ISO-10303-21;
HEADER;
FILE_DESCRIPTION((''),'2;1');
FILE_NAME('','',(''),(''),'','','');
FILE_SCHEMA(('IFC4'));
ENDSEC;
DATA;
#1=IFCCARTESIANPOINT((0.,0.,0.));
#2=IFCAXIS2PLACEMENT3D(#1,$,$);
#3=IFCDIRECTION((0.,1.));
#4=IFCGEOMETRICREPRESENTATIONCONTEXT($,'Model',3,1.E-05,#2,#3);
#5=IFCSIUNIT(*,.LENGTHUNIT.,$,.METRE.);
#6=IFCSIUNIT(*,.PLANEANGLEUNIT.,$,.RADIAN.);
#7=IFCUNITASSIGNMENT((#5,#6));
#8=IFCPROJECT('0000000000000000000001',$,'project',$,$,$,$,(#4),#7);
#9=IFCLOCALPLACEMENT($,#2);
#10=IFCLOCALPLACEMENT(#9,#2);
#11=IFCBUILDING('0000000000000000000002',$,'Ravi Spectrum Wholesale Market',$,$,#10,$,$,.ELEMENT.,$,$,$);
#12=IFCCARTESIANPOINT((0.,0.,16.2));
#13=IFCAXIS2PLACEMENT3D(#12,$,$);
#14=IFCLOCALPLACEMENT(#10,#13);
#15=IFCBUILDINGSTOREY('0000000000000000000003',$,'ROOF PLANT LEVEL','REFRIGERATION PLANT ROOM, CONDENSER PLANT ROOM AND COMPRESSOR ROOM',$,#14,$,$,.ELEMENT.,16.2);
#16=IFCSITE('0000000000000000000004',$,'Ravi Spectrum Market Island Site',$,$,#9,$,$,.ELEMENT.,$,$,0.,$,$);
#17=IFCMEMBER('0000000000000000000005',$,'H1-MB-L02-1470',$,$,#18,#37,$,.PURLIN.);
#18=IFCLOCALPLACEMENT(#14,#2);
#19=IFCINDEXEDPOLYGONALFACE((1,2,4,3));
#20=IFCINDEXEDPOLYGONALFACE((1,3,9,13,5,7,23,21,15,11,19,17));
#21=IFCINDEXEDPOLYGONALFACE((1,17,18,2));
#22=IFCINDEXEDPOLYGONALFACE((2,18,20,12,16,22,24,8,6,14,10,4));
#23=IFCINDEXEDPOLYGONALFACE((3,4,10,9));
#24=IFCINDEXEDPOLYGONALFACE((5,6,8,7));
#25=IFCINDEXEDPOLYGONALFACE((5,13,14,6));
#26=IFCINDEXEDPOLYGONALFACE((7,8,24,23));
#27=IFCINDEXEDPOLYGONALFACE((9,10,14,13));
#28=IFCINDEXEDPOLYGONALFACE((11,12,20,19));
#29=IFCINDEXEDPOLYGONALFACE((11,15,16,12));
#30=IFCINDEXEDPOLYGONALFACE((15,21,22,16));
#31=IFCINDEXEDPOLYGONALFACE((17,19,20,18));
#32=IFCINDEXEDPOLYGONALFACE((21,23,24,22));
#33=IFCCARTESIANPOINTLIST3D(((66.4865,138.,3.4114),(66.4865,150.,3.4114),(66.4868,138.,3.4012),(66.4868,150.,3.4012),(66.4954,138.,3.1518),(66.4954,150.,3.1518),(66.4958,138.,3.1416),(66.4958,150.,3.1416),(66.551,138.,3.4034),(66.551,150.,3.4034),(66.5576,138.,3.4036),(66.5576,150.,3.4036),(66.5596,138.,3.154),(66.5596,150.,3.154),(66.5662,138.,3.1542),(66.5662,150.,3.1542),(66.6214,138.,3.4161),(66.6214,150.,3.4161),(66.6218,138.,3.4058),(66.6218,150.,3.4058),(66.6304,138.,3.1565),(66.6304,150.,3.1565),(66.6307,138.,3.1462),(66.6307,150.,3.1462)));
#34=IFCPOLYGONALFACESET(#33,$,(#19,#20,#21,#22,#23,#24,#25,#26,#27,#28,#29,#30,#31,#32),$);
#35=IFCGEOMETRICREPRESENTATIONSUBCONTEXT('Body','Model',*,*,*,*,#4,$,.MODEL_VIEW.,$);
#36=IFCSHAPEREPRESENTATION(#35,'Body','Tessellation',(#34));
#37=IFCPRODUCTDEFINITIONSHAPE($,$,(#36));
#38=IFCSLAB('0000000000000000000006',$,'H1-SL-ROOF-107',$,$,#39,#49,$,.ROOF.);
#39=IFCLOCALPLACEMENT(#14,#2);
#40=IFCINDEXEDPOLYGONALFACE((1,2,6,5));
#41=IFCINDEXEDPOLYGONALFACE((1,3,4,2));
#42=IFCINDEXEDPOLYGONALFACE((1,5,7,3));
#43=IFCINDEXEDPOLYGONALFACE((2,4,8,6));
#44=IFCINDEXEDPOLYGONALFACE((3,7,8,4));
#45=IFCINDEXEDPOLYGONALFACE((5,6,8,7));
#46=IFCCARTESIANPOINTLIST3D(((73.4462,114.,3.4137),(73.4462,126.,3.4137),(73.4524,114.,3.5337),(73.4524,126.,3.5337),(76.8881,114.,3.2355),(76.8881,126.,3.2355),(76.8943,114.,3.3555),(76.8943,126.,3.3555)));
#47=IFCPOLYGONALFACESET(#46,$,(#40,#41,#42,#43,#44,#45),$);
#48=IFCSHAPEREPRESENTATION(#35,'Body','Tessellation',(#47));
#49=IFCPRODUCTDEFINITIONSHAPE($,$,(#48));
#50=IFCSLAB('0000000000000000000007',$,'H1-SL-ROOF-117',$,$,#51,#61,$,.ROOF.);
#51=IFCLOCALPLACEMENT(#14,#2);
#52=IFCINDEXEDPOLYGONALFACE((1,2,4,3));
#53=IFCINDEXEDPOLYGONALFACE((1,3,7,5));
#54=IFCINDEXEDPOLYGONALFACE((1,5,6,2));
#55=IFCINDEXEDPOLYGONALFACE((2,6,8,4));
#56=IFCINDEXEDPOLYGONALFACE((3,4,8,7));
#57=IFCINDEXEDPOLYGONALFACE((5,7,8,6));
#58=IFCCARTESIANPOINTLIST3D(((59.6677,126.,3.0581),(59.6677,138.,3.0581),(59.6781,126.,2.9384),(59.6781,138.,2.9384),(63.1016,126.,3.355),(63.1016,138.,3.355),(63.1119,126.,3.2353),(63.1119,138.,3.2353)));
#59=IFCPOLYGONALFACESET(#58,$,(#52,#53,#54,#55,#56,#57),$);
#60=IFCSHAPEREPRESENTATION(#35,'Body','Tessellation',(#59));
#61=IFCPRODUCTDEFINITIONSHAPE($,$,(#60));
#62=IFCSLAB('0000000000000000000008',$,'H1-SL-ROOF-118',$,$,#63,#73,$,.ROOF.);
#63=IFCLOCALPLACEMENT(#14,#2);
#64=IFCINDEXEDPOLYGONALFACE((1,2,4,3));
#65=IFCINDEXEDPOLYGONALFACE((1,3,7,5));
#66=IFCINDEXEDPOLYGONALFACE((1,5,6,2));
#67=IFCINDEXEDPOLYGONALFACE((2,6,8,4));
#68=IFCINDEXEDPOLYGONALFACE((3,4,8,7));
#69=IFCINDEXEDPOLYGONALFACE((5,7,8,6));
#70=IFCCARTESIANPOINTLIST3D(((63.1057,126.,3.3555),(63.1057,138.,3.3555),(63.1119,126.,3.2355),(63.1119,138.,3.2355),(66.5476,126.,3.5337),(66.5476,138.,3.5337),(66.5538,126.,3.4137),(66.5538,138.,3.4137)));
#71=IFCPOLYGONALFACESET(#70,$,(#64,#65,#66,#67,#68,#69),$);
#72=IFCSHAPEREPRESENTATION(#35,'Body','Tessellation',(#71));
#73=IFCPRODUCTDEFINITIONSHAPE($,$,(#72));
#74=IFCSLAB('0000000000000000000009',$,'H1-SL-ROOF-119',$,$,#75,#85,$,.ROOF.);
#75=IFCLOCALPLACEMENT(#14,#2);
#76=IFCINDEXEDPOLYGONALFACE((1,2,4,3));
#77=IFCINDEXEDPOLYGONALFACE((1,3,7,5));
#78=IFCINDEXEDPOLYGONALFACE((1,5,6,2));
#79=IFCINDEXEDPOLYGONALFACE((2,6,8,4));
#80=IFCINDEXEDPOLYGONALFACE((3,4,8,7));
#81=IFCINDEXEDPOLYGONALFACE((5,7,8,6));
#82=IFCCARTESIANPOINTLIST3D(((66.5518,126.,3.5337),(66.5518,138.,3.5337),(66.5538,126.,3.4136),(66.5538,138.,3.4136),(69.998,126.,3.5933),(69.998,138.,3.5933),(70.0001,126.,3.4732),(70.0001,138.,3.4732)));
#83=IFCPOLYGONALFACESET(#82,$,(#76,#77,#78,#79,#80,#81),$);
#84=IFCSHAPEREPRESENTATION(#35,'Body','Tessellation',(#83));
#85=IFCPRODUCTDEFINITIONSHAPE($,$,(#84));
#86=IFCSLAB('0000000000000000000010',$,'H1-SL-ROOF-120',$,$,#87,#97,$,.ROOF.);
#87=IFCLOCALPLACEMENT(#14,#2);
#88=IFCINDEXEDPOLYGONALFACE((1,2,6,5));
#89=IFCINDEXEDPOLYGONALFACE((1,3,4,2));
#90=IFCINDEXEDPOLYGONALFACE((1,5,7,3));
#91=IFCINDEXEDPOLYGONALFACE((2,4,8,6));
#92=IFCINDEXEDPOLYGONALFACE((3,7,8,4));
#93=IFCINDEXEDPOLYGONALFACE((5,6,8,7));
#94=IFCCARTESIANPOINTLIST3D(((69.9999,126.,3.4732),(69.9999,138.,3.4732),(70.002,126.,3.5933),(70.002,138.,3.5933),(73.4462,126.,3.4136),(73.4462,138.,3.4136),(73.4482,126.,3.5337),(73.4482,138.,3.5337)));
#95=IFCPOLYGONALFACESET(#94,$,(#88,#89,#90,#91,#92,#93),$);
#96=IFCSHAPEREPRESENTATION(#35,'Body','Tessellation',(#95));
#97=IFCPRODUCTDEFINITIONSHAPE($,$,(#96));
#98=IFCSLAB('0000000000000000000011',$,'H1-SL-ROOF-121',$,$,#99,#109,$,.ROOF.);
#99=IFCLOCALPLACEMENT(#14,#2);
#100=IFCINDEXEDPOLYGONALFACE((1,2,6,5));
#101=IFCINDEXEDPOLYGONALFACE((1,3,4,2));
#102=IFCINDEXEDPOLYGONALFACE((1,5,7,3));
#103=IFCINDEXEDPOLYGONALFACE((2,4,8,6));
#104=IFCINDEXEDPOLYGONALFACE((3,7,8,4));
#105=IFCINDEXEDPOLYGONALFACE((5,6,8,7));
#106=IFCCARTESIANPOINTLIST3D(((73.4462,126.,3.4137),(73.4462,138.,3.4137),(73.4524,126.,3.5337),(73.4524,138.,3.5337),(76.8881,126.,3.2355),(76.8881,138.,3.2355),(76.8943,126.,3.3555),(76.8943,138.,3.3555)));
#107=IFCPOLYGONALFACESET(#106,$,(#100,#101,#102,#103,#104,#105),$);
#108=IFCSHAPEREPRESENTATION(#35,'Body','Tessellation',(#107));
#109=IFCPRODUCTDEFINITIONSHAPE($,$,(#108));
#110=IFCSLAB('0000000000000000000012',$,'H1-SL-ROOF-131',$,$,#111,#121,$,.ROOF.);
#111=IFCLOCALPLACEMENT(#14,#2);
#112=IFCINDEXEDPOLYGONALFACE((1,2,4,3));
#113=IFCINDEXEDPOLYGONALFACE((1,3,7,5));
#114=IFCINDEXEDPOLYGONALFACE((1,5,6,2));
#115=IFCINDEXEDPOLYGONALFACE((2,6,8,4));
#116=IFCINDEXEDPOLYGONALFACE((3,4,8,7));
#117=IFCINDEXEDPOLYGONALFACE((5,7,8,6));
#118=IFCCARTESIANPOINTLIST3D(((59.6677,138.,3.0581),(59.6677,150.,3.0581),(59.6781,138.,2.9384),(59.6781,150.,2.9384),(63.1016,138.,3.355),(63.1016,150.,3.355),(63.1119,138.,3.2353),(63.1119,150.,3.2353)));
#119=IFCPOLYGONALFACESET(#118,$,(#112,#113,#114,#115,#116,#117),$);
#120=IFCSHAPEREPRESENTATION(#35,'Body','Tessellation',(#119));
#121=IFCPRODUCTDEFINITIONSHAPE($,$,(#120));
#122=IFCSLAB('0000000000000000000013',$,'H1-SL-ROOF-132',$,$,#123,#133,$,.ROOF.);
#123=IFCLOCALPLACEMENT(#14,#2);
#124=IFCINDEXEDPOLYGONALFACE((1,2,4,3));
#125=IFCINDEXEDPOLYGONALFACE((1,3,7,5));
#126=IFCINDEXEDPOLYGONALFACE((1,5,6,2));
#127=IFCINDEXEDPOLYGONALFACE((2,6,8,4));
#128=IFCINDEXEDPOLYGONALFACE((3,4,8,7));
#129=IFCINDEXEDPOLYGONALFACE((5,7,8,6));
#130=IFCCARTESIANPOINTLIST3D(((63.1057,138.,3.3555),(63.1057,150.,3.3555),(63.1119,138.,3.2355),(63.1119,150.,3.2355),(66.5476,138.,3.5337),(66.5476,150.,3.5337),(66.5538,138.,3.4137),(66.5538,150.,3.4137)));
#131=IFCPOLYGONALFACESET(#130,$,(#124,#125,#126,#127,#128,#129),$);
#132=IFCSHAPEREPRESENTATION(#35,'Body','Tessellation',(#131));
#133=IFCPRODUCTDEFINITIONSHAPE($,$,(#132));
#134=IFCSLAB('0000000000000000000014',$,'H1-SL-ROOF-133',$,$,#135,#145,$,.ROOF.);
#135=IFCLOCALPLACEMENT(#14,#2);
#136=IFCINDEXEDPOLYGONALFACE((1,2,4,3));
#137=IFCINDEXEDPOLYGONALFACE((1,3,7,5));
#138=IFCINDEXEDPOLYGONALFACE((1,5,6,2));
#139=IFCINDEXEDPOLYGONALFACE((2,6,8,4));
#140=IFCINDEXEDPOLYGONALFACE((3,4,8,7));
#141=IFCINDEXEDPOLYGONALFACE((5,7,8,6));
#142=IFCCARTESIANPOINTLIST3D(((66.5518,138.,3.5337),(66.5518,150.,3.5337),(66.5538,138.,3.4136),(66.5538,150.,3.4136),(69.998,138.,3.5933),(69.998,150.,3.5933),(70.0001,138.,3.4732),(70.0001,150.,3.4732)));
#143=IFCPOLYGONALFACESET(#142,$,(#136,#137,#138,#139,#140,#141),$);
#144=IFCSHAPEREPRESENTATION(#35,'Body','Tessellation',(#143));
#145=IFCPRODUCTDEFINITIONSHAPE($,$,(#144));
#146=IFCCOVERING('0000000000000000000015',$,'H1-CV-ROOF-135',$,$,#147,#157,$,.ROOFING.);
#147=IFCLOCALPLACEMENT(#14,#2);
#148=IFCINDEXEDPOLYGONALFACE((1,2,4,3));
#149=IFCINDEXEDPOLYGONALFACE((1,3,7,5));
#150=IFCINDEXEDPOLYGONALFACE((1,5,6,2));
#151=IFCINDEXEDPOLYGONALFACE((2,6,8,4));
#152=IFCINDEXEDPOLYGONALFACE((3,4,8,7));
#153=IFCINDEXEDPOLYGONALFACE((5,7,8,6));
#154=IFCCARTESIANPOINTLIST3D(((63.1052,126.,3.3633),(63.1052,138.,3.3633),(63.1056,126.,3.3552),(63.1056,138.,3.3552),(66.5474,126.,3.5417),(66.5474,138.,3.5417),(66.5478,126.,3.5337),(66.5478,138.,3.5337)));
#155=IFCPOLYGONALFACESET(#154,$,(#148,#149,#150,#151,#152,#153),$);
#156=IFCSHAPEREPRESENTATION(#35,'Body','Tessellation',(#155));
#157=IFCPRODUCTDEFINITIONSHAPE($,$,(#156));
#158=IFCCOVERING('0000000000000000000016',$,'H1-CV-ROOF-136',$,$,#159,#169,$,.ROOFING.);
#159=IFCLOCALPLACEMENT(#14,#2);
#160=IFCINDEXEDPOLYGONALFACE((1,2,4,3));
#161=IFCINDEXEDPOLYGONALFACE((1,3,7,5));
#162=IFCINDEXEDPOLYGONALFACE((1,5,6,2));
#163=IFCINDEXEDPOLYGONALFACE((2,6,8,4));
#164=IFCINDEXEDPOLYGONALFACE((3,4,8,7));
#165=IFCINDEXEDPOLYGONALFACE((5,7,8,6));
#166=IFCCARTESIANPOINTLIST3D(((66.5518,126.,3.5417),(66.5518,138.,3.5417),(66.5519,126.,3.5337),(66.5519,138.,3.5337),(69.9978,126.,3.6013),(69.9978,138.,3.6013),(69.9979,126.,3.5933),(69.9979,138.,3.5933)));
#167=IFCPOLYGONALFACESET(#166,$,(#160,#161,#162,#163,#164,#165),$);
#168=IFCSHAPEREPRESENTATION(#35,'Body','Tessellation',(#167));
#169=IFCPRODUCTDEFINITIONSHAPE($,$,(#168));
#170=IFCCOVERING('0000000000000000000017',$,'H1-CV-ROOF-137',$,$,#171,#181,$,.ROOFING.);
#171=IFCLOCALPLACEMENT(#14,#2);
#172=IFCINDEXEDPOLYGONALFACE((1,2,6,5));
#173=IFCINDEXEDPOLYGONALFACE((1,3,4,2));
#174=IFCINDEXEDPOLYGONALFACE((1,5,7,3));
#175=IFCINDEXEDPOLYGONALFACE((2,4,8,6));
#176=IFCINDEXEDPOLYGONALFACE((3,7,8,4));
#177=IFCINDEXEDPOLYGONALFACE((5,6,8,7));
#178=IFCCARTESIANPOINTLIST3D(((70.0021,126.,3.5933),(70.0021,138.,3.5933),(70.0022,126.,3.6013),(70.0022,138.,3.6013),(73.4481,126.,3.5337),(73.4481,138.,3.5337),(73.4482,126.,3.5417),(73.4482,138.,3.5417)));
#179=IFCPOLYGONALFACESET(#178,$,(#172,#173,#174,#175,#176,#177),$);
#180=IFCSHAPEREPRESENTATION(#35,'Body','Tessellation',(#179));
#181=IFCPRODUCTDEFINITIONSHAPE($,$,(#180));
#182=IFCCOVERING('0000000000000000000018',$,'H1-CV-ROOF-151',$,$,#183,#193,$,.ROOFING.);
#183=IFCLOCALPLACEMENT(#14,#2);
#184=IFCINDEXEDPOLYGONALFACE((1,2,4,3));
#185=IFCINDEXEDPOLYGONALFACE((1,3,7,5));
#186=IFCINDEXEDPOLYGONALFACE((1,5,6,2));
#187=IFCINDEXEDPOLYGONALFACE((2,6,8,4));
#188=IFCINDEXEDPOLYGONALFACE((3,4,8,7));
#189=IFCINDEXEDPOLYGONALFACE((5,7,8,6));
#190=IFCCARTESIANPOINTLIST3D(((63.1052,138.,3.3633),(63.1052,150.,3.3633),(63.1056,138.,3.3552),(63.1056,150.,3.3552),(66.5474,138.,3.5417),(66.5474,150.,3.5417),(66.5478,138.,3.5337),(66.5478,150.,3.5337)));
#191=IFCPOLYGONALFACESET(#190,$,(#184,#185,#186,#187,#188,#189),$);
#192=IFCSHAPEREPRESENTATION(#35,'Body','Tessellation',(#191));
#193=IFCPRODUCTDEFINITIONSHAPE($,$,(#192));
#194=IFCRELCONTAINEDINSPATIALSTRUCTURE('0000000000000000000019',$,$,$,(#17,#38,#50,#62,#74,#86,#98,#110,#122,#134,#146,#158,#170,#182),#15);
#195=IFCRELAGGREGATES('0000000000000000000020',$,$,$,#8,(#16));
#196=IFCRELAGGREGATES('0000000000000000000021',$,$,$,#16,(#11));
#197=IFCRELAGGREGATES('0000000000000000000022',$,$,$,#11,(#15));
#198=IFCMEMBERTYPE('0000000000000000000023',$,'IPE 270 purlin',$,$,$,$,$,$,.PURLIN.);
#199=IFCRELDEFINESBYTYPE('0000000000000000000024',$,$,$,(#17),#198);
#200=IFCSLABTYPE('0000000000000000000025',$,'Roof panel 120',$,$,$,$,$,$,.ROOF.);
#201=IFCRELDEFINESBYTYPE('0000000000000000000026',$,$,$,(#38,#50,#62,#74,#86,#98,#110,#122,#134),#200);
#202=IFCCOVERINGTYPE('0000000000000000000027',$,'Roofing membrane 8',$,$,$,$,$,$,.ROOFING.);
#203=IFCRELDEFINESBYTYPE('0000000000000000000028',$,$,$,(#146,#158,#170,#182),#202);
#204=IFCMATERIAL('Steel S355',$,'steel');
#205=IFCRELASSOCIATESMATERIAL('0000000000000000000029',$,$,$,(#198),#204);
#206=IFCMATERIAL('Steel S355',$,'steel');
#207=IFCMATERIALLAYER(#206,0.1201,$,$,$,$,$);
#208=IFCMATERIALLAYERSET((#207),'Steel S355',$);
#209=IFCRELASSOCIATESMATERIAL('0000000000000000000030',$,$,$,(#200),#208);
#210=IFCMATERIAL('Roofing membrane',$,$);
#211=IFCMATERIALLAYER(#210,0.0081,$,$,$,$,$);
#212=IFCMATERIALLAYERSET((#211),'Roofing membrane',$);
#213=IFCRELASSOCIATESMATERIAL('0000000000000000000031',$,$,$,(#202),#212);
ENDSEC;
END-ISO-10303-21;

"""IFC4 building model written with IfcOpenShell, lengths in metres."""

from ifc_helpers import new_model, si_unit, direction, frame, origin, origin_2d, place, context, subcontext, project, spatial, polyline, i_section, outline, extrude, material, layer, layer_set, material_profile, profile_set, type_object, element, save


model = new_model("IFC4")

# Units and contexts
model_context = context("Model", 3, precision=1e-05, world=origin(), true_north=direction((0.0, 1.0)))
body_context = subcontext(model_context, "Body", "Model", "MODEL_VIEW")
ifc_project = project(units=[si_unit("LENGTHUNIT", "METRE"), si_unit("PLANEANGLEUNIT", "RADIAN")], contexts=[model_context])

# Site, building, storey
site_placement = place(None, origin())
site = spatial("IfcSite", under=ifc_project, at=site_placement, Name="Ravi Spectrum Market Island Site", CompositionType="ELEMENT", RefElevation=0.0)
building_placement = place(site_placement, origin())
building = spatial("IfcBuilding", under=site, at=building_placement, Name="Ravi Spectrum Wholesale Market", CompositionType="ELEMENT")
storey_placement = place(building_placement, frame((0.0, 0.0, 16.2)))
storey = spatial("IfcBuildingStorey", under=building, at=storey_placement, Name="ROOF PLANT LEVEL", Description="REFRIGERATION PLANT ROOM, CONDENSER PLANT ROOM AND COMPRESSOR ROOM", CompositionType="ELEMENT", Elevation=16.2)

# Member
ifc_material_1 = material(Name="Steel S355", Category="steel")
ifc_material_profile_1 = material_profile(ifc_material_1, i_section(OverallWidth=0.135, OverallDepth=0.27, WebThickness=0.0066, FlangeThickness=0.0103, at=origin_2d()))
ifc_profile_set_1 = profile_set([ifc_material_profile_1], Name="Steel S355")
member_type_1 = type_object("IfcMemberType", Name="IPE 270 purlin", PredefinedType="PURLIN", material=ifc_profile_set_1)
for number, where, z_axis, x_axis, name in (
    (1, (66.5586, 138.0, 3.2788), (0.0, 1.0, 0.0), (-0.999405, 0.0, -0.034492), "H1-MB-L02-1470"),
):
    element("IfcMember", number, at=place(storey_placement, frame(where, z_axis=z_axis, x_axis=x_axis)), inside=storey, type_object=member_type_1, Name=name, PredefinedType="PURLIN", context=body_context, shape_type="SweptSolid", body=[
        extrude(i_section(OverallWidth=0.135, OverallDepth=0.27, WebThickness=0.0066, FlangeThickness=0.0103, at=origin_2d()), origin(), (0.0, 0.0, 1.0), 12.0),
    ])

# Slabs
ifc_material_2 = material(Name="Steel S355", Category="steel")
ifc_layer_1 = layer(ifc_material_2, 0.1201)
ifc_layer_set_1 = layer_set([ifc_layer_1], Name="Steel S355")
slab_type = type_object("IfcSlabType", Name="Roof panel 120", PredefinedType="ROOF", material=ifc_layer_set_1)
slab_1_placement = place(storey_placement, frame((73.4524, 114.0, 3.5337), z_axis=(0.051711, 0.0, 0.998662), x_axis=(0.998662, 0.0, -0.051711)))
element("IfcSlab", 2, at=slab_1_placement, inside=storey, type_object=slab_type, Name="H1-SL-ROOF-107", PredefinedType="ROOF", context=body_context, shape_type="SweptSolid", body=[
    extrude(outline(polyline([(0.0, 0.0), (3.4465, 0.0), (3.4465, 12.0), (0.0, 12.0), (0.0, 0.0)])), origin(), (0.0, 0.0, -1.0), 0.1201),
])
slab_2_placement = place(storey_placement, frame((59.6677, 126.0, 3.0581), z_axis=(-0.086134, 0.0, 0.996284), x_axis=(0.996284, 0.0, 0.086134)))
element("IfcSlab", 3, at=slab_2_placement, inside=storey, type_object=slab_type, Name="H1-SL-ROOF-117", PredefinedType="ROOF", context=body_context, shape_type="SweptSolid", body=[
    extrude(outline(polyline([(0.0, 0.0), (3.4466, 0.0), (3.4466, 12.0), (0.0, 12.0), (0.0, 0.0)])), origin(), (0.0, 0.0, -1.0), 0.1201),
])
slab_3_placement = place(storey_placement, frame((63.1057, 126.0, 3.3555), z_axis=(-0.051711, 0.0, 0.998662), x_axis=(0.998662, 0.0, 0.051711)))
element("IfcSlab", 4, at=slab_3_placement, inside=storey, type_object=slab_type, Name="H1-SL-ROOF-118", PredefinedType="ROOF", context=body_context, shape_type="SweptSolid", body=[
    extrude(outline(polyline([(0.0, 0.0), (3.4465, 0.0), (3.4465, 12.0), (0.0, 12.0), (0.0, 0.0)])), origin(), (0.0, 0.0, -1.0), 0.1201),
])
for number, where, z_axis, x_axis, name in (
    (5, (66.5518, 126.0, 3.5337), (-0.017283, 0.0, 0.999851), (0.999851, 0.0, 0.017283), "H1-SL-ROOF-119"),
    (6, (70.002, 126.0, 3.5933), (0.017283, 0.0, 0.999851), (0.999851, 0.0, -0.017283), "H1-SL-ROOF-120"),
):
    element("IfcSlab", number, at=place(storey_placement, frame(where, z_axis=z_axis, x_axis=x_axis)), inside=storey, type_object=slab_type, Name=name, PredefinedType="ROOF", context=body_context, shape_type="SweptSolid", body=[
        extrude(outline(polyline([(0.0, 0.0), (3.4468, 0.0), (3.4468, 12.0), (0.0, 12.0), (0.0, 0.0)])), origin(), (0.0, 0.0, -1.0), 0.1201),
    ])
slab_4_placement = place(storey_placement, frame((73.4524, 126.0, 3.5337), z_axis=(0.051711, 0.0, 0.998662), x_axis=(0.998662, 0.0, -0.051711)))
element("IfcSlab", 7, at=slab_4_placement, inside=storey, type_object=slab_type, Name="H1-SL-ROOF-121", PredefinedType="ROOF", context=body_context, shape_type="SweptSolid", body=[
    extrude(outline(polyline([(0.0, 0.0), (3.4465, 0.0), (3.4465, 12.0), (0.0, 12.0), (0.0, 0.0)])), origin(), (0.0, 0.0, -1.0), 0.1201),
])
slab_5_placement = place(storey_placement, frame((59.6677, 138.0, 3.0581), z_axis=(-0.086134, 0.0, 0.996284), x_axis=(0.996284, 0.0, 0.086134)))
element("IfcSlab", 8, at=slab_5_placement, inside=storey, type_object=slab_type, Name="H1-SL-ROOF-131", PredefinedType="ROOF", context=body_context, shape_type="SweptSolid", body=[
    extrude(outline(polyline([(0.0, 0.0), (3.4466, 0.0), (3.4466, 12.0), (0.0, 12.0), (0.0, 0.0)])), origin(), (0.0, 0.0, -1.0), 0.1201),
])
slab_6_placement = place(storey_placement, frame((63.1057, 138.0, 3.3555), z_axis=(-0.051711, 0.0, 0.998662), x_axis=(0.998662, 0.0, 0.051711)))
element("IfcSlab", 9, at=slab_6_placement, inside=storey, type_object=slab_type, Name="H1-SL-ROOF-132", PredefinedType="ROOF", context=body_context, shape_type="SweptSolid", body=[
    extrude(outline(polyline([(0.0, 0.0), (3.4465, 0.0), (3.4465, 12.0), (0.0, 12.0), (0.0, 0.0)])), origin(), (0.0, 0.0, -1.0), 0.1201),
])
slab_7_placement = place(storey_placement, frame((66.5518, 138.0, 3.5337), z_axis=(-0.017283, 0.0, 0.999851), x_axis=(0.999851, 0.0, 0.017283)))
element("IfcSlab", 10, at=slab_7_placement, inside=storey, type_object=slab_type, Name="H1-SL-ROOF-133", PredefinedType="ROOF", context=body_context, shape_type="SweptSolid", body=[
    extrude(outline(polyline([(0.0, 0.0), (3.4468, 0.0), (3.4468, 12.0), (0.0, 12.0), (0.0, 0.0)])), origin(), (0.0, 0.0, -1.0), 0.1201),
])

# Coverings
ifc_material_3 = material(Name="Roofing membrane")
ifc_layer_2 = layer(ifc_material_3, 0.0081)
ifc_layer_set_2 = layer_set([ifc_layer_2], Name="Roofing membrane")
covering_type = type_object("IfcCoveringType", Name="Roofing membrane 8", PredefinedType="ROOFING", material=ifc_layer_set_2)
covering_1_placement = place(storey_placement, frame((63.1052, 126.0, 3.3633), z_axis=(-0.051778, 0.0, 0.998659), x_axis=(0.998659, 0.0, 0.051778)))
element("IfcCovering", 11, at=covering_1_placement, inside=storey, type_object=covering_type, Name="H1-CV-ROOF-135", PredefinedType="ROOFING", context=body_context, shape_type="SweptSolid", body=[
    extrude(outline(polyline([(0.0, 0.0), (3.4468, 0.0), (3.4468, 12.0), (0.0, 12.0), (0.0, 0.0)])), origin(), (0.0, 0.0, -1.0), 0.0081),
])
for number, where, z_axis, x_axis, name in (
    (12, (66.5518, 126.0, 3.5417), (-0.017284, 0.0, 0.999851), (0.999851, 0.0, 0.017284), "H1-CV-ROOF-136"),
    (13, (70.0022, 126.0, 3.6013), (0.017284, 0.0, 0.999851), (0.999851, 0.0, -0.017284), "H1-CV-ROOF-137"),
):
    element("IfcCovering", number, at=place(storey_placement, frame(where, z_axis=z_axis, x_axis=x_axis)), inside=storey, type_object=covering_type, Name=name, PredefinedType="ROOFING", context=body_context, shape_type="SweptSolid", body=[
        extrude(outline(polyline([(0.0, 0.0), (3.4466, 0.0), (3.4466, 12.0), (0.0, 12.0), (0.0, 0.0)])), origin(), (0.0, 0.0, -1.0), 0.0081),
    ])
covering_2_placement = place(storey_placement, frame((63.1052, 138.0, 3.3633), z_axis=(-0.051778, 0.0, 0.998659), x_axis=(0.998659, 0.0, 0.051778)))
element("IfcCovering", 14, at=covering_2_placement, inside=storey, type_object=covering_type, Name="H1-CV-ROOF-151", PredefinedType="ROOFING", context=body_context, shape_type="SweptSolid", body=[
    extrude(outline(polyline([(0.0, 0.0), (3.4468, 0.0), (3.4468, 12.0), (0.0, 12.0), (0.0, 0.0)])), origin(), (0.0, 0.0, -1.0), 0.0081),
])

save(model, "model.ifc")
